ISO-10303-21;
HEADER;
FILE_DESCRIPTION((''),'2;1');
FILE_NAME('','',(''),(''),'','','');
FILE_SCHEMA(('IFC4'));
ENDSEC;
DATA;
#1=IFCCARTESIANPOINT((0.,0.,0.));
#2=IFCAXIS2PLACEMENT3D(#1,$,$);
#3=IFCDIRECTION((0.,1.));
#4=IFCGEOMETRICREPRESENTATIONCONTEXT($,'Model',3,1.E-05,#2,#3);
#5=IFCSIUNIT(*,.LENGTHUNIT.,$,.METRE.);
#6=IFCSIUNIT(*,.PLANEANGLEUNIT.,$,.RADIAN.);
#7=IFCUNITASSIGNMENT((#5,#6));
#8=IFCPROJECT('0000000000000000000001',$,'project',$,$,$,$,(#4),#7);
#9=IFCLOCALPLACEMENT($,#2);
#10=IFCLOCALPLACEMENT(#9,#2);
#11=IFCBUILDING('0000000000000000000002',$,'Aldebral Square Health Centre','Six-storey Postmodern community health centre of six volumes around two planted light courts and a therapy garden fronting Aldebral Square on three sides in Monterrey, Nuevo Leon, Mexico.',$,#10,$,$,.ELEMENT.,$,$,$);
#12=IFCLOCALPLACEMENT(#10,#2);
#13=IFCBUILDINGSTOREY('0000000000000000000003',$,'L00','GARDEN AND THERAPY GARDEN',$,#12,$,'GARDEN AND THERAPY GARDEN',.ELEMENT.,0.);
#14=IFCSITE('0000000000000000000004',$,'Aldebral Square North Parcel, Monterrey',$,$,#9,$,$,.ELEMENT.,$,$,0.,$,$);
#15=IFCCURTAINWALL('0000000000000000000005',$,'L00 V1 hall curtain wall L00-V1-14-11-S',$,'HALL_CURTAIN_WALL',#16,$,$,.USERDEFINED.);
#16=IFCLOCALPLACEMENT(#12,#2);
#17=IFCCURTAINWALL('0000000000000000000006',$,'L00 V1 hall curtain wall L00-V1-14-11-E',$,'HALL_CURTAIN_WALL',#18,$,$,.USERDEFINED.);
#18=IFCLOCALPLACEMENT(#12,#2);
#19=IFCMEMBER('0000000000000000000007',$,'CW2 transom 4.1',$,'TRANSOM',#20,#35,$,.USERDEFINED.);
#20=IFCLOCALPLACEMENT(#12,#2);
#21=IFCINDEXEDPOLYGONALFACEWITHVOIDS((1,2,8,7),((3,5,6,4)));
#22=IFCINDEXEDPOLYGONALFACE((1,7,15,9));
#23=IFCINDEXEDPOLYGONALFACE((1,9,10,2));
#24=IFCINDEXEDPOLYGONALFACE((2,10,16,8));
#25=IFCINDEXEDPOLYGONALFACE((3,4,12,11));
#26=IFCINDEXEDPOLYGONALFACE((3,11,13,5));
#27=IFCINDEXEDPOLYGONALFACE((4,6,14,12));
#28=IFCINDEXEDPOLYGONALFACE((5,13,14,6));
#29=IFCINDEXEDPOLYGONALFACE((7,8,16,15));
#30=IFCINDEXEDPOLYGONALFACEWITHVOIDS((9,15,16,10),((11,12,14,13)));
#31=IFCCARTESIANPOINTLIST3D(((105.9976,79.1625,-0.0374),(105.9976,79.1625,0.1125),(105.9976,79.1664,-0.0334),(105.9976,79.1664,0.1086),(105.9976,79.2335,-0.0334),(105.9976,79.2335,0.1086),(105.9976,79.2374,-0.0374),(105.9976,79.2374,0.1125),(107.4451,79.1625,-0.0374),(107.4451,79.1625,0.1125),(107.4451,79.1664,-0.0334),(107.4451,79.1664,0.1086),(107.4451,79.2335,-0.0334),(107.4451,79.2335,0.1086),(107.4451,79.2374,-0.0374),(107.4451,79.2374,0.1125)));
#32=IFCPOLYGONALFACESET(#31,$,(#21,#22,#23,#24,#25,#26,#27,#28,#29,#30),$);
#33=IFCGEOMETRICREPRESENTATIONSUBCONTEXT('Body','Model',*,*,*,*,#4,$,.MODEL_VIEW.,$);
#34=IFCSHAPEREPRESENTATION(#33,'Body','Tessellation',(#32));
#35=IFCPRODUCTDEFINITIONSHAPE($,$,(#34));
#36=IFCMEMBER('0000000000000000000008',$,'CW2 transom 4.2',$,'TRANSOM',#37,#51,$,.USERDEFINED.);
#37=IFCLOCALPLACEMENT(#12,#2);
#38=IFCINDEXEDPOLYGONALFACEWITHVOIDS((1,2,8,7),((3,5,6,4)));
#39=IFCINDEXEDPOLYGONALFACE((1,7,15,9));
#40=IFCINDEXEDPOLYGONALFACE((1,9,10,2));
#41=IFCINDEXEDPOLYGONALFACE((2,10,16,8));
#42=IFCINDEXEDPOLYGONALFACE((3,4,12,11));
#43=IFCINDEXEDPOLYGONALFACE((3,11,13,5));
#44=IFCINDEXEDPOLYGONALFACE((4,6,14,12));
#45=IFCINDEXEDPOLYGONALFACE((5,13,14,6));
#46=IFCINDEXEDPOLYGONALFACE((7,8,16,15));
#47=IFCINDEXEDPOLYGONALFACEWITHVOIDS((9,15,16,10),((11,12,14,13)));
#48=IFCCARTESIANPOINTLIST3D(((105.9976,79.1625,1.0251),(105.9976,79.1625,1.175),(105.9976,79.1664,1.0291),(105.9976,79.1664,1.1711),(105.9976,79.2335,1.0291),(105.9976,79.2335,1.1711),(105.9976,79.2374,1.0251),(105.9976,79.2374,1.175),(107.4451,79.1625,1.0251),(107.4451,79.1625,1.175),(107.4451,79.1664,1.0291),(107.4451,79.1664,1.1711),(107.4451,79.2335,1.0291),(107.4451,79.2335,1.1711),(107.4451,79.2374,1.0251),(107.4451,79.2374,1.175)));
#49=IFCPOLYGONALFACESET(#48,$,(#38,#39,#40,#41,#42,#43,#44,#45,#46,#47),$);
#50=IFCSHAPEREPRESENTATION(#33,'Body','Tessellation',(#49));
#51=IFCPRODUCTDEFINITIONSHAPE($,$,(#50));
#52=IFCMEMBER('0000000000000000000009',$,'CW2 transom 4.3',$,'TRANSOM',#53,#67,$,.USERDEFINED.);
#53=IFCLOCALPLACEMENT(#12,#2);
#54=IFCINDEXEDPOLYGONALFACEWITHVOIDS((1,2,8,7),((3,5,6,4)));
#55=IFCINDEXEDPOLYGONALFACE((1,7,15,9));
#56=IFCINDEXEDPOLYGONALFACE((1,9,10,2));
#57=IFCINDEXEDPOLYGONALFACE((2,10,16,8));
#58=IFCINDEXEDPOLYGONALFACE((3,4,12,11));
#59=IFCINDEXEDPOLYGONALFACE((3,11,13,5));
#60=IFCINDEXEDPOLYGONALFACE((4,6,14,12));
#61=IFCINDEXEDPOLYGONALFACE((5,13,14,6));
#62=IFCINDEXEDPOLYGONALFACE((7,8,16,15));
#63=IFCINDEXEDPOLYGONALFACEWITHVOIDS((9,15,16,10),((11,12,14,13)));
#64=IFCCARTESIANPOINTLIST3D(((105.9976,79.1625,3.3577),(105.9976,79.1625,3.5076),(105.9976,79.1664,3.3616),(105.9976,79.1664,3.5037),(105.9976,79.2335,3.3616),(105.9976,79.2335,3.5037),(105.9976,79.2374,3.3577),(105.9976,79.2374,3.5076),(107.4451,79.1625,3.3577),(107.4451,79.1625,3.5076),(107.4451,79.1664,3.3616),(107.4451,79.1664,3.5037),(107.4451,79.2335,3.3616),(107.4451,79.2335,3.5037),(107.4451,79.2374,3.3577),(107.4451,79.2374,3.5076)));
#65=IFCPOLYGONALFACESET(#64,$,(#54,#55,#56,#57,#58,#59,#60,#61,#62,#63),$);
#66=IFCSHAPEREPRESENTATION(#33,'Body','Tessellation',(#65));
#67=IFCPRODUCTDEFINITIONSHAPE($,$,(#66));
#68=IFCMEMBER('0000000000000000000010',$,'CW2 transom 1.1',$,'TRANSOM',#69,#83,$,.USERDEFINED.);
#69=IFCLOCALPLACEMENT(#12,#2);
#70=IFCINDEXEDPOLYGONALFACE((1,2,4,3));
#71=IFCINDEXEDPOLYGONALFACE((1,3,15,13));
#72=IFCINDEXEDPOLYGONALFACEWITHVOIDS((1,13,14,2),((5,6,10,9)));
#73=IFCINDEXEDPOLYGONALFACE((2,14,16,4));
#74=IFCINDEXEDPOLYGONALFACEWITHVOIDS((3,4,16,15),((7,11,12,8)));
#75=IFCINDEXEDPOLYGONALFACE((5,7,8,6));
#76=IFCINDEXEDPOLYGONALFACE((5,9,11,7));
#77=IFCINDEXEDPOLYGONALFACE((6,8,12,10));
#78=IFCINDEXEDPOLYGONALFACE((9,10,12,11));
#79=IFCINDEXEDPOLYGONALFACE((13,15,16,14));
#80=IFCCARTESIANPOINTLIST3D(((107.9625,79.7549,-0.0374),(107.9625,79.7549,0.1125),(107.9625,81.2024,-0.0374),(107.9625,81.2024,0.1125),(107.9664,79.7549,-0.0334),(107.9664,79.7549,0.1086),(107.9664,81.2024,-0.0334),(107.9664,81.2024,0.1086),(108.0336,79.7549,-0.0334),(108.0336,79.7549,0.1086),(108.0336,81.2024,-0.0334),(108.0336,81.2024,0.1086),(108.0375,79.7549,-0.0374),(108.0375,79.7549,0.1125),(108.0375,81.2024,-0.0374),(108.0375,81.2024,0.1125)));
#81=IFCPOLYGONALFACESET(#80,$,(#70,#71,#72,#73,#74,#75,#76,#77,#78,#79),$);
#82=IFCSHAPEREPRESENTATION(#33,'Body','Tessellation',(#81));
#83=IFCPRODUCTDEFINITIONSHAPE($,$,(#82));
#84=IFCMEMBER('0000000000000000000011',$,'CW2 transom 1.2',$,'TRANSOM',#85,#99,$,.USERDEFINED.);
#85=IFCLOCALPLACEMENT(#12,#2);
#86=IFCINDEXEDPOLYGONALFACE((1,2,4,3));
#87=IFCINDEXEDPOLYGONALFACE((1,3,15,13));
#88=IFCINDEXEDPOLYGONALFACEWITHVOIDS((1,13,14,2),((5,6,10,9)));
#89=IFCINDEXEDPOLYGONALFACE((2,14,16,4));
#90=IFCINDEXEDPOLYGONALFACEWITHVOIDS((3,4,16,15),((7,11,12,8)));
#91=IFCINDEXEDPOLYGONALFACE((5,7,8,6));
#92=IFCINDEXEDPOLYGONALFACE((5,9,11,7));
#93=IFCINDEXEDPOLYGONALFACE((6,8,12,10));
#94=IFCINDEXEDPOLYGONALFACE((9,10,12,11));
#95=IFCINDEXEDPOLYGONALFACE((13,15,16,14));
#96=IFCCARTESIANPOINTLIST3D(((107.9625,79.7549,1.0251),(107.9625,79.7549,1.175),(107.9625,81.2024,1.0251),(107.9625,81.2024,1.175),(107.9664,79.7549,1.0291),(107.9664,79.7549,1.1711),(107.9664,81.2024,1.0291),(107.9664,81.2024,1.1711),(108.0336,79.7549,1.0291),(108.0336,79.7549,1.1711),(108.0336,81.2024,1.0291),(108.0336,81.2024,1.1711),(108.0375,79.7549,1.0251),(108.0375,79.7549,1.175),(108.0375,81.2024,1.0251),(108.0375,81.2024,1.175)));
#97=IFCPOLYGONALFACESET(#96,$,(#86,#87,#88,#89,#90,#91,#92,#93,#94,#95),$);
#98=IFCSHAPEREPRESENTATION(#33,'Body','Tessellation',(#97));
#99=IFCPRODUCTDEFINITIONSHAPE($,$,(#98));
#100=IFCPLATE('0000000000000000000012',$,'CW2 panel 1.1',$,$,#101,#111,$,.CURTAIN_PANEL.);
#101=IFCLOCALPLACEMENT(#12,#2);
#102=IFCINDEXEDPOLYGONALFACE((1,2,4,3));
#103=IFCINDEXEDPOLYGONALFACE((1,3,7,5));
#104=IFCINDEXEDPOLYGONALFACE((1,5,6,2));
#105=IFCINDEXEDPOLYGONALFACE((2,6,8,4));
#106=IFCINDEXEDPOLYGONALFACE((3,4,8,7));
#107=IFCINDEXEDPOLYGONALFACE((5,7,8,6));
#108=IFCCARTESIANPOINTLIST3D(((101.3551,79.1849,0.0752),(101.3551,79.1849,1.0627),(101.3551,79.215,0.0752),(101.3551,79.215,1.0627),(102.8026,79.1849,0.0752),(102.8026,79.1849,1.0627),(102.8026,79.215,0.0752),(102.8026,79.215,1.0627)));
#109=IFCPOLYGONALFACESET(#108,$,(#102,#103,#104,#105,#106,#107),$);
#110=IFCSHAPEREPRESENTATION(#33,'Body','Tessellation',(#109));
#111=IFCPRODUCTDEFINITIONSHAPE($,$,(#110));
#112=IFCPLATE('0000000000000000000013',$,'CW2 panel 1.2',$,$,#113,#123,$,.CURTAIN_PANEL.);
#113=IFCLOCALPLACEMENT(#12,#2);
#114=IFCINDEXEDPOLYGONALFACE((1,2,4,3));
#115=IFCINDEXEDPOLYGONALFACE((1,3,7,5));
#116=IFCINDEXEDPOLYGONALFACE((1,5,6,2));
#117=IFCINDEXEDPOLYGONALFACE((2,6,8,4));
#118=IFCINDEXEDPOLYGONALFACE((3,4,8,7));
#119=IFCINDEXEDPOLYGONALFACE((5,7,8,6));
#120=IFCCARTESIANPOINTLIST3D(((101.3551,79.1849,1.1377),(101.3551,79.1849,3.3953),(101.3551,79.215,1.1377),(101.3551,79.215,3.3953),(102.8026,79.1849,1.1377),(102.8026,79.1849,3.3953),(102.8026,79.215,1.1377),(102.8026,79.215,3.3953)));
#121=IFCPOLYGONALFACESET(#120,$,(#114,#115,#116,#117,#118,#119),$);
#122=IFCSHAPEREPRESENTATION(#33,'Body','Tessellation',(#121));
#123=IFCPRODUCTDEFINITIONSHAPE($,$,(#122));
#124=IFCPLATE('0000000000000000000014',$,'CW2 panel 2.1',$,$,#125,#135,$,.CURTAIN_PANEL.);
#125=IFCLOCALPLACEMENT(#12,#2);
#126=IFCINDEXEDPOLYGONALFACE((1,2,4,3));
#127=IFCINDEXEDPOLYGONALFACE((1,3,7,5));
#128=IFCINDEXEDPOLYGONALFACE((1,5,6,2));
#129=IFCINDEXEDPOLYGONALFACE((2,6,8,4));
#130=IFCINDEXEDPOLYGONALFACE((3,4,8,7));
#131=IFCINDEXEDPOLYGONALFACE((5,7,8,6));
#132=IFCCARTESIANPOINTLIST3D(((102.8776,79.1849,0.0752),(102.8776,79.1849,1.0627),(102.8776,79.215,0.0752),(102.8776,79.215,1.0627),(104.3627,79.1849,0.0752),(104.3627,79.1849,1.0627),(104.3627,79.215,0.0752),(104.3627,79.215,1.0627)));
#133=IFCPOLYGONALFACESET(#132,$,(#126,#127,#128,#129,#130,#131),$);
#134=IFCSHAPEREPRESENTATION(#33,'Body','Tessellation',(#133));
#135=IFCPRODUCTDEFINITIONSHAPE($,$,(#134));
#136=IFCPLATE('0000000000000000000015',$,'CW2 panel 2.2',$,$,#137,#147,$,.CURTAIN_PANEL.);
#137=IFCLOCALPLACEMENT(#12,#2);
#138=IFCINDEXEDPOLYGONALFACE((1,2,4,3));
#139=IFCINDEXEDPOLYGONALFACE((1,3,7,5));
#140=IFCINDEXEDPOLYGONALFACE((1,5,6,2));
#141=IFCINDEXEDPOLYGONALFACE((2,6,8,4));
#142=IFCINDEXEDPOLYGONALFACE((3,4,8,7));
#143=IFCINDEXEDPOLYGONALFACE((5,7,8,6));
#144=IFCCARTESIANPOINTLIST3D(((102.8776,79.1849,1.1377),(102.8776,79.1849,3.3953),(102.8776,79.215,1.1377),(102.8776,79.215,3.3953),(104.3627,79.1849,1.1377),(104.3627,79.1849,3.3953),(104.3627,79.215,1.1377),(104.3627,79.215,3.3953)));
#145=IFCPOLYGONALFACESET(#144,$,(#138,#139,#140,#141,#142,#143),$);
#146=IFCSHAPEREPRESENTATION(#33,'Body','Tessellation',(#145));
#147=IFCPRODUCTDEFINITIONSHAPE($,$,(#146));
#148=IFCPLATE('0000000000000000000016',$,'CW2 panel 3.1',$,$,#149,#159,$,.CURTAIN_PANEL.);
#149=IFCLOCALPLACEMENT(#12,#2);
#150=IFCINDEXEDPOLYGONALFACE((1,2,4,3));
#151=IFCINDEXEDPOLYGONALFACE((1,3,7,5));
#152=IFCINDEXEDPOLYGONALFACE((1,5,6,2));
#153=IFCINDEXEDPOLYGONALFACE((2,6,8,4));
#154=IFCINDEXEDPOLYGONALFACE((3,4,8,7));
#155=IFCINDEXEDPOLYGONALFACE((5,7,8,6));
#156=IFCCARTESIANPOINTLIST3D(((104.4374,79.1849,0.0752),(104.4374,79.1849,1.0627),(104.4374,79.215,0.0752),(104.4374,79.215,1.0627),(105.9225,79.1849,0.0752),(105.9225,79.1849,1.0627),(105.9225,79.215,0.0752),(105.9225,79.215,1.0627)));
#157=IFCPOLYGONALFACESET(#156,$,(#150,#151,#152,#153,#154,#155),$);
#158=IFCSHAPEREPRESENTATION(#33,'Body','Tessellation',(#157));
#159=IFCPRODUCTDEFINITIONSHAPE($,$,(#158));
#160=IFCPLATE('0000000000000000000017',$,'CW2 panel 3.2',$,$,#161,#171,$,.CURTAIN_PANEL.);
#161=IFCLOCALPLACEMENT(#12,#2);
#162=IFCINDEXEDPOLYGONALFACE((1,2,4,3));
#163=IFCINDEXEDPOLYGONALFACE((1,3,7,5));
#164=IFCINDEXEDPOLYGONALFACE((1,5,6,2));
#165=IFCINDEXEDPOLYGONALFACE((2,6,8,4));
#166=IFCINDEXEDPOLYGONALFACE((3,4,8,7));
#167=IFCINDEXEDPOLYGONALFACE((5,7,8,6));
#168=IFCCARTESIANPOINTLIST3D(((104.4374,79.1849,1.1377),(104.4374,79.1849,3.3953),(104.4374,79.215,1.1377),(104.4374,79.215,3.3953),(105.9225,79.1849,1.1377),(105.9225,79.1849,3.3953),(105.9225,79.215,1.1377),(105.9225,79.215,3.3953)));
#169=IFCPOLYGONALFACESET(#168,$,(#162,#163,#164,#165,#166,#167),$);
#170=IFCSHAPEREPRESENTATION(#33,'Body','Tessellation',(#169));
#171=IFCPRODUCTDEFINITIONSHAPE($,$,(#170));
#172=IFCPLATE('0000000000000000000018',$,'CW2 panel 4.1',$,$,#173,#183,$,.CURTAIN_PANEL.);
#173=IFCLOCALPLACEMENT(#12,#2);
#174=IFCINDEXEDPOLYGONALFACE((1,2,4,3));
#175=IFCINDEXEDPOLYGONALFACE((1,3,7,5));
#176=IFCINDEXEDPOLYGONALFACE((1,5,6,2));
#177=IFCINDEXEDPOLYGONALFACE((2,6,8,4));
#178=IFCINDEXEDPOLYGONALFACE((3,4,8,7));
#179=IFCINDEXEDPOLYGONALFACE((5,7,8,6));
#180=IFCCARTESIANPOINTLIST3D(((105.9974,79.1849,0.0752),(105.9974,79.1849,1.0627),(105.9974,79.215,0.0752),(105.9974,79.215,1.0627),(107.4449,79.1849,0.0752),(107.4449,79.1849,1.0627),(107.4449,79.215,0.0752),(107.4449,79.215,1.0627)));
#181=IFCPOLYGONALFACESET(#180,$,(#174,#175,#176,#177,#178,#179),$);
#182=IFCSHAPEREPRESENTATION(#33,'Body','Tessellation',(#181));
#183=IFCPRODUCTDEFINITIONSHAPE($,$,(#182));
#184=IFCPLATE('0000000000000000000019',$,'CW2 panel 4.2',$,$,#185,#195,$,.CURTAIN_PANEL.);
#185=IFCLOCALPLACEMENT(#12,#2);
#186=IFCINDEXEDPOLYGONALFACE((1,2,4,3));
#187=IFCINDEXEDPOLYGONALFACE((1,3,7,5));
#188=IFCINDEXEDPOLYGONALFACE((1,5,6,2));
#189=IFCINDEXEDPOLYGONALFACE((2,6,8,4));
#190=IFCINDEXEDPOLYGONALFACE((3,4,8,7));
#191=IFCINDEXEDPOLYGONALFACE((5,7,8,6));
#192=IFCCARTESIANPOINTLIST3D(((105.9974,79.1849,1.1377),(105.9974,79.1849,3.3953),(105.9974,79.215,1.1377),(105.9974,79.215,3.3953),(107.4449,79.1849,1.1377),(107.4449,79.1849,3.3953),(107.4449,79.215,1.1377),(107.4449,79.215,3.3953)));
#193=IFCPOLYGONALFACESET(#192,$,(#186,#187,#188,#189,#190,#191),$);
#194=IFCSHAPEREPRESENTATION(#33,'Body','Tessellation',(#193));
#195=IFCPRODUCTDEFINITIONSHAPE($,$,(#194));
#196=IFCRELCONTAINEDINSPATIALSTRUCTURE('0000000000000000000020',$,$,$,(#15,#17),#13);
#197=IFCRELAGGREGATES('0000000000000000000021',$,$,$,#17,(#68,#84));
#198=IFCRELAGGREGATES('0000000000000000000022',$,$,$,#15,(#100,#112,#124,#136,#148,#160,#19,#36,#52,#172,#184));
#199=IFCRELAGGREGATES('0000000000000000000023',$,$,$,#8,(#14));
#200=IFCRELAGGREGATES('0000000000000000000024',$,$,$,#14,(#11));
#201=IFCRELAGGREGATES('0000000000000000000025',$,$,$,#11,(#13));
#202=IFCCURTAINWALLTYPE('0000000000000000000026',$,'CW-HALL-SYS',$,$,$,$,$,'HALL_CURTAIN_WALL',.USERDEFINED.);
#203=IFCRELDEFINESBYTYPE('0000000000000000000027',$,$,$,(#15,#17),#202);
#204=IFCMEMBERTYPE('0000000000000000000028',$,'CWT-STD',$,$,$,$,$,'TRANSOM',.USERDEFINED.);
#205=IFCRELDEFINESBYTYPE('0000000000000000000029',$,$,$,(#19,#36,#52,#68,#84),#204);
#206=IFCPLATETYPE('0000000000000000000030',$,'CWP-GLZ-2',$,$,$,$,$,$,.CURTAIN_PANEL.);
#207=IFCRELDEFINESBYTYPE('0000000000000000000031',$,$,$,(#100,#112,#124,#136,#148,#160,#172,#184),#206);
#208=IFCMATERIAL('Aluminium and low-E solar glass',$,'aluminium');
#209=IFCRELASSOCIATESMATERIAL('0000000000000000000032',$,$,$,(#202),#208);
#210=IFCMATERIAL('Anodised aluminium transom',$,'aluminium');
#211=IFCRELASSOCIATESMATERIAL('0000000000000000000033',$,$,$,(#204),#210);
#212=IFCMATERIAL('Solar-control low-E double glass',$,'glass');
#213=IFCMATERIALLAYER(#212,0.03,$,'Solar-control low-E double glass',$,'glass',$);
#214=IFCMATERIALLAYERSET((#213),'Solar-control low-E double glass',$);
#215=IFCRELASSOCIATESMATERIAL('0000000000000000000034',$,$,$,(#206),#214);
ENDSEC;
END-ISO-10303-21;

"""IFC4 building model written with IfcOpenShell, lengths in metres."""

from ifc_helpers import new_model, si_unit, direction, frame, origin, origin_2d, place, context, subcontext, project, spatial, rectangle, hollow_rectangle, extrude, material, layer, layer_set, material_profile, profile_set, type_object, element, aggregate, save


model = new_model("IFC4")

# Units and contexts
model_context = context("Model", 3, precision=1e-05, world=origin(), true_north=direction((0.0, 1.0)))
body_context = subcontext(model_context, "Body", "Model", "MODEL_VIEW")
ifc_project = project(units=[si_unit("LENGTHUNIT", "METRE"), si_unit("PLANEANGLEUNIT", "RADIAN")], contexts=[model_context])

# Site, building, storey
site_placement = place(None, origin())
site = spatial("IfcSite", under=ifc_project, at=site_placement, Name="Aldebral Square North Parcel, Monterrey", CompositionType="ELEMENT", RefElevation=0.0)
building_placement = place(site_placement, origin())
building = spatial("IfcBuilding", under=site, at=building_placement, Name="Aldebral Square Health Centre", Description="Six-storey Postmodern community health centre of six volumes around two planted light courts and a therapy garden fronting Aldebral Square on three sides in Monterrey, Nuevo Leon, Mexico.", CompositionType="ELEMENT")
storey_placement = place(building_placement, origin())
storey = spatial("IfcBuildingStorey", under=building, at=storey_placement, Name="L00", Description="GARDEN AND THERAPY GARDEN", LongName="GARDEN AND THERAPY GARDEN", CompositionType="ELEMENT", Elevation=0.0)

# Curtain wall
ifc_material_1 = material(Name="Aluminium and low-E solar glass", Category="aluminium")
curtain_wall_type = type_object("IfcCurtainWallType", Name="CW-HALL-SYS", ElementType="HALL_CURTAIN_WALL", PredefinedType="USERDEFINED", material=ifc_material_1)
curtain_wall_1_placement = place(storey_placement, origin())
curtain_wall_1 = element("IfcCurtainWall", 1, at=curtain_wall_1_placement, inside=storey, type_object=curtain_wall_type, Name="L00 V1 hall curtain wall L00-V1-14-11-S", ObjectType="HALL_CURTAIN_WALL", PredefinedType="USERDEFINED")

# Curtain wall
curtain_wall_2_placement = place(storey_placement, origin())
curtain_wall_2 = element("IfcCurtainWall", 2, at=curtain_wall_2_placement, inside=storey, type_object=curtain_wall_type, Name="L00 V1 hall curtain wall L00-V1-14-11-E", ObjectType="HALL_CURTAIN_WALL", PredefinedType="USERDEFINED")

# Members
ifc_material_2 = material(Name="Anodised aluminium transom", Category="aluminium")
ifc_material_profile_1 = material_profile(ifc_material_2, hollow_rectangle(XDim=0.075, YDim=0.1499, WallThickness=0.0039, at=origin_2d()), Name="CWT 75x150x4")
ifc_profile_set_1 = profile_set([ifc_material_profile_1], Name="Anodised aluminium transom")
member_type_1 = type_object("IfcMemberType", Name="CWT-STD", ElementType="TRANSOM", PredefinedType="USERDEFINED", material=ifc_profile_set_1)
member_1_placement = place(storey_placement, frame((105.9976, 79.2, 0.0376), z_axis=(1.0, 0.0, 0.0), x_axis=(0.0, 1.0, 0.0)))
member_1 = element("IfcMember", 3, at=member_1_placement, type_object=member_type_1, Name="CW2 transom 4.1", ObjectType="TRANSOM", PredefinedType="USERDEFINED", context=body_context, shape_type="SweptSolid", body=[
    extrude(hollow_rectangle(XDim=0.075, YDim=0.1499, WallThickness=0.0039, at=origin_2d()), origin(), (0.0, 0.0, 1.0), 1.4475),
])
member_2_placement = place(storey_placement, frame((105.9976, 79.2, 1.1001), z_axis=(1.0, 0.0, 0.0), x_axis=(0.0, 1.0, 0.0)))
member_2 = element("IfcMember", 4, at=member_2_placement, type_object=member_type_1, Name="CW2 transom 4.2", ObjectType="TRANSOM", PredefinedType="USERDEFINED", context=body_context, shape_type="SweptSolid", body=[
    extrude(hollow_rectangle(XDim=0.075, YDim=0.1499, WallThickness=0.0039, at=origin_2d()), origin(), (0.0, 0.0, 1.0), 1.4475),
])
member_3_placement = place(storey_placement, frame((105.9976, 79.2, 3.4326), z_axis=(1.0, 0.0, 0.0), x_axis=(0.0, 1.0, 0.0)))
member_3 = element("IfcMember", 5, at=member_3_placement, type_object=member_type_1, Name="CW2 transom 4.3", ObjectType="TRANSOM", PredefinedType="USERDEFINED", context=body_context, shape_type="SweptSolid", body=[
    extrude(hollow_rectangle(XDim=0.075, YDim=0.1499, WallThickness=0.0039, at=origin_2d()), origin(), (0.0, 0.0, 1.0), 1.4475),
])
member_4_placement = place(storey_placement, frame((108.0, 79.7549, 0.0376), z_axis=(0.0, 1.0, 0.0), x_axis=(-1.0, 0.0, 0.0)))
member_4 = element("IfcMember", 6, at=member_4_placement, type_object=member_type_1, Name="CW2 transom 1.1", ObjectType="TRANSOM", PredefinedType="USERDEFINED", context=body_context, shape_type="SweptSolid", body=[
    extrude(hollow_rectangle(XDim=0.075, YDim=0.1499, WallThickness=0.0039, at=origin_2d()), origin(), (0.0, 0.0, 1.0), 1.4475),
])
member_5_placement = place(storey_placement, frame((108.0, 79.7549, 1.1001), z_axis=(0.0, 1.0, 0.0), x_axis=(-1.0, 0.0, 0.0)))
member_5 = element("IfcMember", 7, at=member_5_placement, type_object=member_type_1, Name="CW2 transom 1.2", ObjectType="TRANSOM", PredefinedType="USERDEFINED", context=body_context, shape_type="SweptSolid", body=[
    extrude(hollow_rectangle(XDim=0.075, YDim=0.1499, WallThickness=0.0039, at=origin_2d()), origin(), (0.0, 0.0, 1.0), 1.4475),
])
aggregate(curtain_wall_2, [member_4, member_5])

# Plates
ifc_material_3 = material(Name="Solar-control low-E double glass", Category="glass")
ifc_layer_1 = layer(ifc_material_3, 0.03, Name="Solar-control low-E double glass", Category="glass")
ifc_layer_set_1 = layer_set([ifc_layer_1], Name="Solar-control low-E double glass")
plate_type = type_object("IfcPlateType", Name="CWP-GLZ-2", PredefinedType="CURTAIN_PANEL", material=ifc_layer_set_1)
plate_1_placement = place(storey_placement, frame((102.0789, 79.2, 0.0752), z_axis=(0.0, 0.0, 1.0), x_axis=(1.0, 0.0, 0.0)))
plate_1 = element("IfcPlate", 8, at=plate_1_placement, type_object=plate_type, Name="CW2 panel 1.1", PredefinedType="CURTAIN_PANEL", context=body_context, shape_type="SweptSolid", body=[
    extrude(rectangle(XDim=1.4475, YDim=0.03, at=origin_2d()), origin(), (0.0, 0.0, 1.0), 0.9875),
])
plate_2_placement = place(storey_placement, frame((102.0789, 79.2, 1.1377), z_axis=(0.0, 0.0, 1.0), x_axis=(1.0, 0.0, 0.0)))
plate_2 = element("IfcPlate", 9, at=plate_2_placement, type_object=plate_type, Name="CW2 panel 1.2", PredefinedType="CURTAIN_PANEL", context=body_context, shape_type="SweptSolid", body=[
    extrude(rectangle(XDim=1.4475, YDim=0.03, at=origin_2d()), origin(), (0.0, 0.0, 1.0), 2.2576),
])
plate_3_placement = place(storey_placement, frame((103.6201, 79.2, 0.0752), z_axis=(0.0, 0.0, 1.0), x_axis=(1.0, 0.0, 0.0)))
plate_3 = element("IfcPlate", 10, at=plate_3_placement, type_object=plate_type, Name="CW2 panel 2.1", PredefinedType="CURTAIN_PANEL", context=body_context, shape_type="SweptSolid", body=[
    extrude(rectangle(XDim=1.4851, YDim=0.03, at=origin_2d()), origin(), (0.0, 0.0, 1.0), 0.9875),
])
plate_4_placement = place(storey_placement, frame((103.6201, 79.2, 1.1377), z_axis=(0.0, 0.0, 1.0), x_axis=(1.0, 0.0, 0.0)))
plate_4 = element("IfcPlate", 11, at=plate_4_placement, type_object=plate_type, Name="CW2 panel 2.2", PredefinedType="CURTAIN_PANEL", context=body_context, shape_type="SweptSolid", body=[
    extrude(rectangle(XDim=1.4851, YDim=0.03, at=origin_2d()), origin(), (0.0, 0.0, 1.0), 2.2576),
])
plate_5_placement = place(storey_placement, frame((105.1799, 79.2, 0.0752), z_axis=(0.0, 0.0, 1.0), x_axis=(1.0, 0.0, 0.0)))
plate_5 = element("IfcPlate", 12, at=plate_5_placement, type_object=plate_type, Name="CW2 panel 3.1", PredefinedType="CURTAIN_PANEL", context=body_context, shape_type="SweptSolid", body=[
    extrude(rectangle(XDim=1.4851, YDim=0.03, at=origin_2d()), origin(), (0.0, 0.0, 1.0), 0.9875),
])
plate_6_placement = place(storey_placement, frame((105.1799, 79.2, 1.1377), z_axis=(0.0, 0.0, 1.0), x_axis=(1.0, 0.0, 0.0)))
plate_6 = element("IfcPlate", 13, at=plate_6_placement, type_object=plate_type, Name="CW2 panel 3.2", PredefinedType="CURTAIN_PANEL", context=body_context, shape_type="SweptSolid", body=[
    extrude(rectangle(XDim=1.4851, YDim=0.03, at=origin_2d()), origin(), (0.0, 0.0, 1.0), 2.2576),
])
plate_7_placement = place(storey_placement, frame((106.7212, 79.2, 0.0752), z_axis=(0.0, 0.0, 1.0), x_axis=(1.0, 0.0, 0.0)))
plate_7 = element("IfcPlate", 14, at=plate_7_placement, type_object=plate_type, Name="CW2 panel 4.1", PredefinedType="CURTAIN_PANEL", context=body_context, shape_type="SweptSolid", body=[
    extrude(rectangle(XDim=1.4475, YDim=0.03, at=origin_2d()), origin(), (0.0, 0.0, 1.0), 0.9875),
])
plate_8_placement = place(storey_placement, frame((106.7212, 79.2, 1.1377), z_axis=(0.0, 0.0, 1.0), x_axis=(1.0, 0.0, 0.0)))
plate_8 = element("IfcPlate", 15, at=plate_8_placement, type_object=plate_type, Name="CW2 panel 4.2", PredefinedType="CURTAIN_PANEL", context=body_context, shape_type="SweptSolid", body=[
    extrude(rectangle(XDim=1.4475, YDim=0.03, at=origin_2d()), origin(), (0.0, 0.0, 1.0), 2.2576),
])
aggregate(curtain_wall_1, [plate_1, plate_2, plate_3, plate_4, plate_5, plate_6, member_1, member_2, member_3, plate_7, plate_8])

save(model, "model.ifc")
